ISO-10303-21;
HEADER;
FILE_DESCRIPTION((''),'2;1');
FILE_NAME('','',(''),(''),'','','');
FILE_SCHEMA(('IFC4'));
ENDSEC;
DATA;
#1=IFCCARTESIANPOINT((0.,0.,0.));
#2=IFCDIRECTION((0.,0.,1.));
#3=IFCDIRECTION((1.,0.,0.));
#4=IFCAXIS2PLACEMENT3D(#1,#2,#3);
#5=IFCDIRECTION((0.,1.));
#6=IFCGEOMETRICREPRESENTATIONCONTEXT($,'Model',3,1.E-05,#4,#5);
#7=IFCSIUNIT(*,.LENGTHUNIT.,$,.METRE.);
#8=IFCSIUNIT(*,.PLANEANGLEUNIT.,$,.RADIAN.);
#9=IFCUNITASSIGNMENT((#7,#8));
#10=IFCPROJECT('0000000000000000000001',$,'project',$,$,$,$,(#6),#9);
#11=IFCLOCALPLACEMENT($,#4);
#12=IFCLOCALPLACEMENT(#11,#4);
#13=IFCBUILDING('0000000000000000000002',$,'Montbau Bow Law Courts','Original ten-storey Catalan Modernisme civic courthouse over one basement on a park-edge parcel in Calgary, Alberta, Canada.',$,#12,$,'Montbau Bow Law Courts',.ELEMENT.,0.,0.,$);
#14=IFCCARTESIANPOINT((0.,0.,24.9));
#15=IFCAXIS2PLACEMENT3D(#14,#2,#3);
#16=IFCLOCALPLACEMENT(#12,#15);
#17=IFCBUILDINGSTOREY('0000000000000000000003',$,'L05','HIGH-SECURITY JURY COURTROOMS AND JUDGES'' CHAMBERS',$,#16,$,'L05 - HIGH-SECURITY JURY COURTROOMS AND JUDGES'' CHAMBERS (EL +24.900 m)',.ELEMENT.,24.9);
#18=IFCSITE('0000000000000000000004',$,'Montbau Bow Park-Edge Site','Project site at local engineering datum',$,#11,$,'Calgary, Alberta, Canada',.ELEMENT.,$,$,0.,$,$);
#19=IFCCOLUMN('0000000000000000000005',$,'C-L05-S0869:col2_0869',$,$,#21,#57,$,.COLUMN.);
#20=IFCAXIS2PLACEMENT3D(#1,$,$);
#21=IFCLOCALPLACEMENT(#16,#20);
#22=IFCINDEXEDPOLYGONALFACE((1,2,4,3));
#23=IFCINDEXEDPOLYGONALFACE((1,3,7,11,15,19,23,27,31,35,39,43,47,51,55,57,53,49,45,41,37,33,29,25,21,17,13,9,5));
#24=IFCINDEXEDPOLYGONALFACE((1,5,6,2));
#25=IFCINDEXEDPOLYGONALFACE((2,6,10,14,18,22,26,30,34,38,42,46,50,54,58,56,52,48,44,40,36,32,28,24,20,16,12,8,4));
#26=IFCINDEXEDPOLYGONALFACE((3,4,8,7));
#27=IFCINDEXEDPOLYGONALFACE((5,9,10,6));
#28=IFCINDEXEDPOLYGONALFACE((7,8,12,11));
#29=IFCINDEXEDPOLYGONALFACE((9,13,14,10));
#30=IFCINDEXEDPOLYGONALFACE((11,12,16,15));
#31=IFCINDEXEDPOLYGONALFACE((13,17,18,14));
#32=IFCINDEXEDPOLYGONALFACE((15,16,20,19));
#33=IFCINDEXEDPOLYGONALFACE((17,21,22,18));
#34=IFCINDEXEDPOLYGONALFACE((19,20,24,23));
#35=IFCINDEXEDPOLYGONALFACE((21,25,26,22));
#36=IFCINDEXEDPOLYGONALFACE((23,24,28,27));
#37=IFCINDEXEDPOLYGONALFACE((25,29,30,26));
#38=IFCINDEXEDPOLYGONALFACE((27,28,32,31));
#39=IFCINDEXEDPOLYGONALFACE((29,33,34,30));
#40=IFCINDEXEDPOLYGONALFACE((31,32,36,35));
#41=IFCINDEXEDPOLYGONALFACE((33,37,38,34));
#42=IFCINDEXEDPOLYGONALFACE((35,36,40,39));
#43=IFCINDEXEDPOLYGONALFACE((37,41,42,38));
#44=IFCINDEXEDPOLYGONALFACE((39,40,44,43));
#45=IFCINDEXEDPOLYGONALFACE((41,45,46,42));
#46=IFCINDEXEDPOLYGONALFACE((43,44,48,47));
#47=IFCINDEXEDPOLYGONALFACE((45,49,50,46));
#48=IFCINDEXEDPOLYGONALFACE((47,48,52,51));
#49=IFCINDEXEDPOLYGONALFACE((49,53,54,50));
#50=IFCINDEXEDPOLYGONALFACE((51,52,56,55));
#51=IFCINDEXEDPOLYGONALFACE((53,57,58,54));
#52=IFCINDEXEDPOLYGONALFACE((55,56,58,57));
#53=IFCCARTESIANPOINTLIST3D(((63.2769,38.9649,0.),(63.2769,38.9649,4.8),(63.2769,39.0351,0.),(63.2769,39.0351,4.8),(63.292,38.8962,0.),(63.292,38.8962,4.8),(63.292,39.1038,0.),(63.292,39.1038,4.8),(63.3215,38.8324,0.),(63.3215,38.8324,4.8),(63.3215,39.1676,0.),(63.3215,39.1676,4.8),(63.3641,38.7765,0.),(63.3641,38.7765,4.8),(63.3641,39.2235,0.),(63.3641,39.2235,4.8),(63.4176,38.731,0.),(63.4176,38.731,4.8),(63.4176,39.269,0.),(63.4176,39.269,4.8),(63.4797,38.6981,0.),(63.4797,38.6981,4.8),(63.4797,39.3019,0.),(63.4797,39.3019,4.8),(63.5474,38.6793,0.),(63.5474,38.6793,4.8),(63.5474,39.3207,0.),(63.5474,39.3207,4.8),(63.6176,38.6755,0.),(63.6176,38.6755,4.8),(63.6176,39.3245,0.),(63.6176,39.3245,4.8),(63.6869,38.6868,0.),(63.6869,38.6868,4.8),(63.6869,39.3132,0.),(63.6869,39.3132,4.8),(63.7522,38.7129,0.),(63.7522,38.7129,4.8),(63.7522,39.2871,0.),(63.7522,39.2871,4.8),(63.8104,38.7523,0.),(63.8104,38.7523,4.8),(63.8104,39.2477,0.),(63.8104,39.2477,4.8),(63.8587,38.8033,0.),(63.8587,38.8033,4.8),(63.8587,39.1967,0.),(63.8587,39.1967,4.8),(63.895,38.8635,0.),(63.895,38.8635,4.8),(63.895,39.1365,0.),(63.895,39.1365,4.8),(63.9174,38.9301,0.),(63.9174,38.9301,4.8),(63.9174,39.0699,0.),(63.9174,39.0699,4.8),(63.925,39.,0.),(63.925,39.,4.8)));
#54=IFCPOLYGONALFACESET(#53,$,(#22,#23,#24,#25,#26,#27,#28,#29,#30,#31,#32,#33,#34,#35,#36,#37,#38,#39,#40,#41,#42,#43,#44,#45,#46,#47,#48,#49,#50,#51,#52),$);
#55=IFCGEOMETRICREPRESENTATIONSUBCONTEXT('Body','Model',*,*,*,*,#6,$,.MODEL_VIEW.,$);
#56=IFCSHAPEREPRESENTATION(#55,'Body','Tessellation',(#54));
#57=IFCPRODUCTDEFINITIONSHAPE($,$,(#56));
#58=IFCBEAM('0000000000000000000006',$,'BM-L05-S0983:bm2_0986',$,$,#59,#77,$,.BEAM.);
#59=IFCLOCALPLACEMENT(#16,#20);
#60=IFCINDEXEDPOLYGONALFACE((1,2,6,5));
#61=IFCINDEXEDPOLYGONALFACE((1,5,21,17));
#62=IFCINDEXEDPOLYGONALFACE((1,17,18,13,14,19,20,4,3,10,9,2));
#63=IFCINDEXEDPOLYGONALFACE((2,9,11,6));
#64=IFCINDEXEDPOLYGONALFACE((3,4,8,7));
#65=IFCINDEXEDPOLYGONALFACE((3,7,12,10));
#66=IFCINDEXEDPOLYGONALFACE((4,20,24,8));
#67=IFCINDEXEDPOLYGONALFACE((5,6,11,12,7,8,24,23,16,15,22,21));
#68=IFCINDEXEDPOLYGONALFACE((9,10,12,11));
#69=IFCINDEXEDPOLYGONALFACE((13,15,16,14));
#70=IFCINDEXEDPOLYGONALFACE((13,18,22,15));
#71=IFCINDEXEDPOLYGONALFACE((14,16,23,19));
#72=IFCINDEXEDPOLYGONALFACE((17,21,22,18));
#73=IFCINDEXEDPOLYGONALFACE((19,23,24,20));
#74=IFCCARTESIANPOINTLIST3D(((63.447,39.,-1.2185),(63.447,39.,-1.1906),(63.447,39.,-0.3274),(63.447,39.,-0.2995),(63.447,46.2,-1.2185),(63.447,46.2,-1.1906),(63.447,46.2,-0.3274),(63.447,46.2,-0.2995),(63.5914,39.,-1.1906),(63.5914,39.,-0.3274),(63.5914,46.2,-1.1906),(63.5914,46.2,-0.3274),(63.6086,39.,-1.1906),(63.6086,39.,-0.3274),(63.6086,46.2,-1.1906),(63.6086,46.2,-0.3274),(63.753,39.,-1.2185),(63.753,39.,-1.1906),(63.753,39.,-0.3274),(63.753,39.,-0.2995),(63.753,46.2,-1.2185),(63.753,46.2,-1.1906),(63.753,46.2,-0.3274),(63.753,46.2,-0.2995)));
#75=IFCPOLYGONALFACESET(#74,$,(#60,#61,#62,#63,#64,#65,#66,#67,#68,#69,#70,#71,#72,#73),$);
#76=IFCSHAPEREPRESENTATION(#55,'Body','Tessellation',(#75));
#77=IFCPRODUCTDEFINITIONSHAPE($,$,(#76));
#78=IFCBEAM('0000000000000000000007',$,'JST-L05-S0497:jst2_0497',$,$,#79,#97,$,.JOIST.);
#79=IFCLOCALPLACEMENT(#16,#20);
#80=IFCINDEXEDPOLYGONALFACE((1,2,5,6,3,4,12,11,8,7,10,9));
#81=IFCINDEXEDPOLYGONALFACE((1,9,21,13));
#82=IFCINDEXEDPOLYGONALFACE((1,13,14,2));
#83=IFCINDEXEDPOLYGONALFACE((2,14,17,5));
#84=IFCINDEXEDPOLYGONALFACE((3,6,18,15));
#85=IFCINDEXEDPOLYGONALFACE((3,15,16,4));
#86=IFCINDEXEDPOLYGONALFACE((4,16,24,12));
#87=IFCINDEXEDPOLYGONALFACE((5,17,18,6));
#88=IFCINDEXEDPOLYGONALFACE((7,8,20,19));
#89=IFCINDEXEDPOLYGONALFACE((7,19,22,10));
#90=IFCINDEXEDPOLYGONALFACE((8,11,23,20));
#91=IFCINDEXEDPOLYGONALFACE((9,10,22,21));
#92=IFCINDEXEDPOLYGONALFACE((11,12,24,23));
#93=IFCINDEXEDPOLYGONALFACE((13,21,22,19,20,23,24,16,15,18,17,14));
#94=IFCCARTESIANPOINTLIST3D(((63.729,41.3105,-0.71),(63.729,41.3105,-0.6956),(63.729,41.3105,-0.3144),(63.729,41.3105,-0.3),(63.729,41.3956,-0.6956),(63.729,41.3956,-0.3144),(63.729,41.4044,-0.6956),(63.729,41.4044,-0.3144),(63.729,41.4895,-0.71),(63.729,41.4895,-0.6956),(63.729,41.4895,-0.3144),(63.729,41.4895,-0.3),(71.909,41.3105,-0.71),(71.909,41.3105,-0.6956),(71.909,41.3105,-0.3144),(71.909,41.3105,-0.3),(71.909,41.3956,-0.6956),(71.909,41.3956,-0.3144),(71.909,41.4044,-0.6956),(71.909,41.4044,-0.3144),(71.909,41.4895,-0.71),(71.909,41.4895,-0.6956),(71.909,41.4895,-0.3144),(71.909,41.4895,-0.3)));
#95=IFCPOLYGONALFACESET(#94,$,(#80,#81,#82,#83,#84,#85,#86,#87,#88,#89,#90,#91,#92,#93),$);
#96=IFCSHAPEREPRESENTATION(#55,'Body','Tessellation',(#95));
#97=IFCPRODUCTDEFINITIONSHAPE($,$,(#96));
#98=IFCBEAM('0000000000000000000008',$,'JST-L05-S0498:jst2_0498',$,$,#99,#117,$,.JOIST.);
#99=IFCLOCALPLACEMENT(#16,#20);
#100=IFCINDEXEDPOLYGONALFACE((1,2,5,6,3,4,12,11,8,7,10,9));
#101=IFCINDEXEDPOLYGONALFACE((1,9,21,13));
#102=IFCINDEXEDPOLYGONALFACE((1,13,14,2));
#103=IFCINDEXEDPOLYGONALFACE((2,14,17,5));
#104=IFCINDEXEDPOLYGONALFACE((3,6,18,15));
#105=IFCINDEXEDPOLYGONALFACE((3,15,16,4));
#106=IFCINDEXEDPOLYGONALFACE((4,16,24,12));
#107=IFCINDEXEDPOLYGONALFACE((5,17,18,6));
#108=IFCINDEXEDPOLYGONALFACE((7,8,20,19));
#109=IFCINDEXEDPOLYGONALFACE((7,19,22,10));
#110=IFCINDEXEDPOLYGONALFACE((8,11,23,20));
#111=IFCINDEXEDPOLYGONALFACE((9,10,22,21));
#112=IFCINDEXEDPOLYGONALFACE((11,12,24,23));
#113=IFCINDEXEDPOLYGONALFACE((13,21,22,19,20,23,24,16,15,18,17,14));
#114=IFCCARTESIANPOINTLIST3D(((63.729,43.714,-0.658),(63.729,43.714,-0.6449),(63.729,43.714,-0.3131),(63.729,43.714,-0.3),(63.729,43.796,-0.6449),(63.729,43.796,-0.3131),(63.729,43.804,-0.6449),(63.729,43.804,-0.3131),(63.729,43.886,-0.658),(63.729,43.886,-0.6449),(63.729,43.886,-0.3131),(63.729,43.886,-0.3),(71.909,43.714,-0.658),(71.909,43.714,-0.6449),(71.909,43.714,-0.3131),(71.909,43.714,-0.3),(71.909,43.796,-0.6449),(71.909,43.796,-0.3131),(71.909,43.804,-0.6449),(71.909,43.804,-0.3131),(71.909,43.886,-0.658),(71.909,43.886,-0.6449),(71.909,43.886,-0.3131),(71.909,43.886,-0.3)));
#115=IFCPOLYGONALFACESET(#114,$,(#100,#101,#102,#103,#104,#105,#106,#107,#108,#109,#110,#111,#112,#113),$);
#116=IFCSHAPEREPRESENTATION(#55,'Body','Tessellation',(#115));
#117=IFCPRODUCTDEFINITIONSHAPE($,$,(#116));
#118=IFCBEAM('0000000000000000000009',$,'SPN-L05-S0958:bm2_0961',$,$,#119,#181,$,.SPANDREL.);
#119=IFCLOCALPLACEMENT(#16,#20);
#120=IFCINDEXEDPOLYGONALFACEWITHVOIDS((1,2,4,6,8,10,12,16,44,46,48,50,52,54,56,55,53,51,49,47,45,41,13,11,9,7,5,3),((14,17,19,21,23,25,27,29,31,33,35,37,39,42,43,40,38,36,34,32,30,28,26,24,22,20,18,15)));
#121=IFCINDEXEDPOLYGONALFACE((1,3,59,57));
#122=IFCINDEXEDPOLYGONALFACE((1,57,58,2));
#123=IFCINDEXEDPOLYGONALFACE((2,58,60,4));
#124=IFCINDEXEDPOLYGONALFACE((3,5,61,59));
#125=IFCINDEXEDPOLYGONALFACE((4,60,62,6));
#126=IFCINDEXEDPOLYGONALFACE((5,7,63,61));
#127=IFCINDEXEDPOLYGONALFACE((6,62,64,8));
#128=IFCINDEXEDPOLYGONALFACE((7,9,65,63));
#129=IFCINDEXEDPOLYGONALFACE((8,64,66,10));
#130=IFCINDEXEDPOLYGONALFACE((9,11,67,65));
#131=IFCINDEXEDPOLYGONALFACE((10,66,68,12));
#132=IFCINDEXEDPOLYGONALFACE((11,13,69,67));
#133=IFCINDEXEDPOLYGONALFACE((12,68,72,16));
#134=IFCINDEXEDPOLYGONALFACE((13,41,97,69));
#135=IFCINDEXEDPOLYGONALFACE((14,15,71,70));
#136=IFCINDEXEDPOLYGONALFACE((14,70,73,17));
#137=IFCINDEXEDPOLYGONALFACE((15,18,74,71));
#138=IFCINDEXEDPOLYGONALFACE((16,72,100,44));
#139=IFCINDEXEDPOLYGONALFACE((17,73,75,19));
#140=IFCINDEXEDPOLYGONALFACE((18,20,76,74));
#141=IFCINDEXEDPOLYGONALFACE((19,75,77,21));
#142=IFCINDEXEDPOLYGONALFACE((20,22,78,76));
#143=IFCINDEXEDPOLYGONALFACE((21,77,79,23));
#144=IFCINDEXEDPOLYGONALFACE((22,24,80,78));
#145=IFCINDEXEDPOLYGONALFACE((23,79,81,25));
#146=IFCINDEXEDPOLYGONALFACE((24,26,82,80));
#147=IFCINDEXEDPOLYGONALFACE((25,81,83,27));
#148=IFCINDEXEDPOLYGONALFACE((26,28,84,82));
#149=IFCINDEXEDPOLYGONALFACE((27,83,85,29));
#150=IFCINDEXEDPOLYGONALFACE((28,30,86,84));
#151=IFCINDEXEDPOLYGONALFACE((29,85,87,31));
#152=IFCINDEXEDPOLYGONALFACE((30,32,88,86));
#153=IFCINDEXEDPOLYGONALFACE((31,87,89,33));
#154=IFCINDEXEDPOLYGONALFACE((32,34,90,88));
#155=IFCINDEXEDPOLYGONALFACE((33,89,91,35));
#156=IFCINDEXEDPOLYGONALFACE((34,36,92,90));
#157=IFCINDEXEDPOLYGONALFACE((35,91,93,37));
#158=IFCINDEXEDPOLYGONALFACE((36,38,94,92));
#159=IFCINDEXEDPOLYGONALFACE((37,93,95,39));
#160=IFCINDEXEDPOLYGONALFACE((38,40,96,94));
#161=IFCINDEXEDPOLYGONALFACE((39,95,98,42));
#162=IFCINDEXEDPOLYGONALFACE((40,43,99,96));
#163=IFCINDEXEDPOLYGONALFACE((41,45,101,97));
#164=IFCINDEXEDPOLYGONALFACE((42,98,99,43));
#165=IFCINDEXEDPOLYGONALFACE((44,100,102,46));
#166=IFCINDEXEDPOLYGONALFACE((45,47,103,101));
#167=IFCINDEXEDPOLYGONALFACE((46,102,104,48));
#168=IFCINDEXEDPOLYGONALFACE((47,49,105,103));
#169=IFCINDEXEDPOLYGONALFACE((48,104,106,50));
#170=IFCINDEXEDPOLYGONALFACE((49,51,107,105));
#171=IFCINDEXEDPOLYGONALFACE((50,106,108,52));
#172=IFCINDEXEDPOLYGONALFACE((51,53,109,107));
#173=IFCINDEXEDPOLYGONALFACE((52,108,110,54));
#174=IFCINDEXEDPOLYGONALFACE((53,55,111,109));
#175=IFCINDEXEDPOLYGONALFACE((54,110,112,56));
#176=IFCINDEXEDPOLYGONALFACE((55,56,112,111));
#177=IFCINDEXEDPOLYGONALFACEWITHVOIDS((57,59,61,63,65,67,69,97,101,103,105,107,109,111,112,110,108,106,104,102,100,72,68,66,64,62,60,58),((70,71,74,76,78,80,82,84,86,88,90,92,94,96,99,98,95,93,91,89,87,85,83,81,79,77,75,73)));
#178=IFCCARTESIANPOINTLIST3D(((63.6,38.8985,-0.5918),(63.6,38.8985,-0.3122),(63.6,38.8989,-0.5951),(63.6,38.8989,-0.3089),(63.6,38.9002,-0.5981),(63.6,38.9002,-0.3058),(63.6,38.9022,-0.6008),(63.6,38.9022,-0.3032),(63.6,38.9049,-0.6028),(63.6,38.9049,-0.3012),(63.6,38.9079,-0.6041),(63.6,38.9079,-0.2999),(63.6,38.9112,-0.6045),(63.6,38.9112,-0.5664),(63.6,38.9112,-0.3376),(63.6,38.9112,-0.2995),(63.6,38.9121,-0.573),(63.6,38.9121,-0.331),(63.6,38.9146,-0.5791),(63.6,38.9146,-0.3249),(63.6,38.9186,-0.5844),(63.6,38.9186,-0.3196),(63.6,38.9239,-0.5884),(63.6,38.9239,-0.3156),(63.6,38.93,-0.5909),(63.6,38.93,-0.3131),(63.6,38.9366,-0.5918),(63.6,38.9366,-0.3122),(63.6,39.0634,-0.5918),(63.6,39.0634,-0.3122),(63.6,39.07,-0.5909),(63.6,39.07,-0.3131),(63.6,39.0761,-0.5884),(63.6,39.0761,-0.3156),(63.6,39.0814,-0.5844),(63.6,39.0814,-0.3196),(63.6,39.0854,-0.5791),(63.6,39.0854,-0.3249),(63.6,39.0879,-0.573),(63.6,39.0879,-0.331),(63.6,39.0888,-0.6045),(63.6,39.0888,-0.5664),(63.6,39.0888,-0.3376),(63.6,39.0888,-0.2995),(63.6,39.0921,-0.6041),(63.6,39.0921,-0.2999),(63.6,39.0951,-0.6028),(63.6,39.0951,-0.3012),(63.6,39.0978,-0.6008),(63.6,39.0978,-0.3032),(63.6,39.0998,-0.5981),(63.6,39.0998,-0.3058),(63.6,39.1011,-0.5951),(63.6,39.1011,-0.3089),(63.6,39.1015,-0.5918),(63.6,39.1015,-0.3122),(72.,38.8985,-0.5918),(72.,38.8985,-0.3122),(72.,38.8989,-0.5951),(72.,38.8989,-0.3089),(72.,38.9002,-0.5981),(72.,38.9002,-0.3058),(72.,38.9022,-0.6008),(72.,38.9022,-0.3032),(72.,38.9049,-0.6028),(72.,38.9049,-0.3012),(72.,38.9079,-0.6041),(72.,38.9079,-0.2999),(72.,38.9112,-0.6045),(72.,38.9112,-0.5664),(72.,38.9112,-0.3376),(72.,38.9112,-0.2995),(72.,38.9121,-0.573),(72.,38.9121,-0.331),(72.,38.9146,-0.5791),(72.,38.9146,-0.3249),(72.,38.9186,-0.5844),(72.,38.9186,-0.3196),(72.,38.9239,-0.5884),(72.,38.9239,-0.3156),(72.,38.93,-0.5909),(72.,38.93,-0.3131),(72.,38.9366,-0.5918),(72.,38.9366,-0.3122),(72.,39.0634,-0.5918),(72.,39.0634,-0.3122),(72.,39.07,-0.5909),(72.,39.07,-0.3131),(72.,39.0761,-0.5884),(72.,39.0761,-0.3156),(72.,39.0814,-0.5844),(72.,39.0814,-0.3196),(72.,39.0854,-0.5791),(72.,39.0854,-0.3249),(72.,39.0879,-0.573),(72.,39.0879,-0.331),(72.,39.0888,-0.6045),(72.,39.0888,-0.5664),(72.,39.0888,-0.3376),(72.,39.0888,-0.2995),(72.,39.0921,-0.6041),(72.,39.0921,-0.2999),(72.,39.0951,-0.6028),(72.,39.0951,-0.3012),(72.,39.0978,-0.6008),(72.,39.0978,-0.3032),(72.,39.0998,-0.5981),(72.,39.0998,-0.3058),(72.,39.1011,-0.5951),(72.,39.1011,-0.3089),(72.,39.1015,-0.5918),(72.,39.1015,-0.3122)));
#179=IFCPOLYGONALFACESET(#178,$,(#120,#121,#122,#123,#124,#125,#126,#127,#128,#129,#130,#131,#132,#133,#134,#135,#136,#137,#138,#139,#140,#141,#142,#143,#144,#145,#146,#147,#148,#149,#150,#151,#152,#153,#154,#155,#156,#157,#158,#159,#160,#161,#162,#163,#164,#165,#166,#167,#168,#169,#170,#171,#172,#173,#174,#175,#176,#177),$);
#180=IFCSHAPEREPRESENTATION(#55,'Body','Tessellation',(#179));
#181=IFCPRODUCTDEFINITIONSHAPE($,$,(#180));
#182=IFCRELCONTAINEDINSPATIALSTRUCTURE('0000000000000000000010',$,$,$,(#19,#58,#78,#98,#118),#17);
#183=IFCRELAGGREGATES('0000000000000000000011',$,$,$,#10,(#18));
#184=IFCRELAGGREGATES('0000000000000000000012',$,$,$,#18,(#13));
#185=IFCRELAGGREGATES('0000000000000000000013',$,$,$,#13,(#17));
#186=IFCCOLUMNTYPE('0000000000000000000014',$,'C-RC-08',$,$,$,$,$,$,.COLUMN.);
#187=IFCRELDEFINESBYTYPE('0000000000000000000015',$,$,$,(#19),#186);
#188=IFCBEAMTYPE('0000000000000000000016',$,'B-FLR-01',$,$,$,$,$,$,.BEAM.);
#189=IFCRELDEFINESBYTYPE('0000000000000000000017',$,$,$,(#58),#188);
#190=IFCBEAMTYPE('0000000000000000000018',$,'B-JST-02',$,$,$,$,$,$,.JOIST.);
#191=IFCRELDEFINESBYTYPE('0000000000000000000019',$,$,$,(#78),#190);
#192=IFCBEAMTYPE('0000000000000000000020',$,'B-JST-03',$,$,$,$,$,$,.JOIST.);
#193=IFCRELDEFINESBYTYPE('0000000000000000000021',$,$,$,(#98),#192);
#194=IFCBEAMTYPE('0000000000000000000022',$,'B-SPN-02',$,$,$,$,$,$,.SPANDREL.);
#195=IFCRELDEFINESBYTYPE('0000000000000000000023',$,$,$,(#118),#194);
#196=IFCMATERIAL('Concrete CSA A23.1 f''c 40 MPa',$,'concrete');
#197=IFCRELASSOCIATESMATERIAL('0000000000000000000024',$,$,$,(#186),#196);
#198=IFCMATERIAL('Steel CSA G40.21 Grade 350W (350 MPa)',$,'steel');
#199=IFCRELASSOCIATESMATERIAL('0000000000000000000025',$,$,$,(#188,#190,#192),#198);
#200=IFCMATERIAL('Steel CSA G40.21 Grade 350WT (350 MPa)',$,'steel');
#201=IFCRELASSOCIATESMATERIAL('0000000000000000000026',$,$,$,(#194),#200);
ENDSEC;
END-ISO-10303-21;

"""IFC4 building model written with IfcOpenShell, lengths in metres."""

from ifc_helpers import new_model, si_unit, direction, frame, origin_with_axes, origin_2d_with_axis, place, context, subcontext, project, spatial, hollow_rectangle, circle, i_section, extrude, material, material_profile, profile_set, type_object, element, save


model = new_model("IFC4")

# Units and contexts
model_context = context("Model", 3, precision=1e-05, world=origin_with_axes(), true_north=direction((0.0, 1.0)))
body_context = subcontext(model_context, "Body", "Model", "MODEL_VIEW")
ifc_project = project(units=[si_unit("LENGTHUNIT", "METRE"), si_unit("PLANEANGLEUNIT", "RADIAN")], contexts=[model_context])

# Site, building, storey
site_placement = place(None, origin_with_axes())
site = spatial("IfcSite", under=ifc_project, at=site_placement, Name="Montbau Bow Park-Edge Site", Description="Project site at local engineering datum", LongName="Calgary, Alberta, Canada", CompositionType="ELEMENT", RefElevation=0.0)
building_placement = place(site_placement, origin_with_axes())
building = spatial("IfcBuilding", under=site, at=building_placement, Name="Montbau Bow Law Courts", Description="Original ten-storey Catalan Modernisme civic courthouse over one basement on a park-edge parcel in Calgary, Alberta, Canada.", LongName="Montbau Bow Law Courts", CompositionType="ELEMENT", ElevationOfRefHeight=0.0, ElevationOfTerrain=0.0)
storey_placement = place(building_placement, frame((0.0, 0.0, 24.9), z_axis=(0.0, 0.0, 1.0), x_axis=(1.0, 0.0, 0.0)))
storey = spatial("IfcBuildingStorey", under=building, at=storey_placement, Name="L05", Description="HIGH-SECURITY JURY COURTROOMS AND JUDGES' CHAMBERS", LongName="L05 - HIGH-SECURITY JURY COURTROOMS AND JUDGES' CHAMBERS (EL +24.900 m)", CompositionType="ELEMENT", Elevation=24.9)

# Column
ifc_material_1 = material(Name="Concrete CSA A23.1 f'c 40 MPa", Category="concrete")
ifc_material_profile_1 = material_profile(ifc_material_1, circle(Radius=0.325, at=origin_2d_with_axis()), Name="RC650D", Category="Main", Priority=0)
ifc_profile_set_1 = profile_set([ifc_material_profile_1], Name="Concrete CSA A23.1 f'c 40 MPa")
column_type = type_object("IfcColumnType", Name="C-RC-08", PredefinedType="COLUMN", material=ifc_profile_set_1)
column_placement = place(None, frame((63.6, 39.0, 24.9), z_axis=(0.0, 0.0, 1.0), x_axis=(1.0, 0.0, 0.0)))
element("IfcColumn", 1, at=column_placement, inside=storey, type_object=column_type, Name="C-L05-S0869:col2_0869", PredefinedType="COLUMN", context=body_context, shape_type="SweptSolid", body=[
    extrude(circle(Radius=0.325, at=origin_2d_with_axis()), origin_with_axes(), (0.0, 0.0, 1.0), 4.8),
])

# Beams
ifc_material_2 = material(Name="Steel CSA G40.21 Grade 350W (350 MPa)", Category="steel")
ifc_material_profile_2 = material_profile(ifc_material_2, i_section(OverallWidth=0.306, OverallDepth=0.919, WebThickness=0.0173, FlangeThickness=0.0279, at=origin_2d_with_axis()), Name="W920X253", Category="Main", Priority=0)
ifc_profile_set_2 = profile_set([ifc_material_profile_2], Name="Steel CSA G40.21 Grade 350W (350 MPa)")
beam_type_1 = type_object("IfcBeamType", Name="B-FLR-01", PredefinedType="BEAM", material=ifc_profile_set_2)
beam_1_placement = place(None, frame((63.6, 39.0, 24.141), z_axis=(0.0, 1.0, 0.0), x_axis=(-1.0, 0.0, 0.0)))
element("IfcBeam", 2, at=beam_1_placement, inside=storey, type_object=beam_type_1, Name="BM-L05-S0983:bm2_0986", PredefinedType="BEAM", context=body_context, shape_type="SweptSolid", body=[
    extrude(i_section(OverallWidth=0.306, OverallDepth=0.919, WebThickness=0.0173, FlangeThickness=0.0279, at=origin_2d_with_axis()), origin_with_axes(), (0.0, 0.0, 1.0), 7.2),
])
ifc_material_profile_3 = material_profile(ifc_material_2, i_section(OverallWidth=0.179, OverallDepth=0.41, WebThickness=0.0088, FlangeThickness=0.0144, at=origin_2d_with_axis()), Name="W410X67", Category="Main", Priority=0)
ifc_profile_set_3 = profile_set([ifc_material_profile_3], Name="Steel CSA G40.21 Grade 350W (350 MPa)")
beam_type_2 = type_object("IfcBeamType", Name="B-JST-02", PredefinedType="JOIST", material=ifc_profile_set_3)
beam_2_placement = place(None, frame((63.729, 41.4, 24.395), z_axis=(1.0, 0.0, 0.0), x_axis=(0.0, 1.0, 0.0)))
element("IfcBeam", 3, at=beam_2_placement, inside=storey, type_object=beam_type_2, Name="JST-L05-S0497:jst2_0497", PredefinedType="JOIST", context=body_context, shape_type="SweptSolid", body=[
    extrude(i_section(OverallWidth=0.179, OverallDepth=0.41, WebThickness=0.0088, FlangeThickness=0.0144, at=origin_2d_with_axis()), origin_with_axes(), (0.0, 0.0, 1.0), 8.18),
])
ifc_material_profile_4 = material_profile(ifc_material_2, i_section(OverallWidth=0.172, OverallDepth=0.358, WebThickness=0.0079, FlangeThickness=0.0131, at=origin_2d_with_axis()), Name="W360X57", Category="Main", Priority=0)
ifc_profile_set_4 = profile_set([ifc_material_profile_4], Name="Steel CSA G40.21 Grade 350W (350 MPa)")
beam_type_3 = type_object("IfcBeamType", Name="B-JST-03", PredefinedType="JOIST", material=ifc_profile_set_4)
beam_3_placement = place(None, frame((63.729, 43.8, 24.421), z_axis=(1.0, 0.0, 0.0), x_axis=(0.0, 1.0, 0.0)))
element("IfcBeam", 4, at=beam_3_placement, inside=storey, type_object=beam_type_3, Name="JST-L05-S0498:jst2_0498", PredefinedType="JOIST", context=body_context, shape_type="SweptSolid", body=[
    extrude(i_section(OverallWidth=0.172, OverallDepth=0.358, WebThickness=0.0079, FlangeThickness=0.0131, at=origin_2d_with_axis()), origin_with_axes(), (0.0, 0.0, 1.0), 8.18),
])
ifc_material_3 = material(Name="Steel CSA G40.21 Grade 350WT (350 MPa)", Category="steel")
ifc_material_profile_5 = material_profile(ifc_material_3, hollow_rectangle(XDim=0.203, YDim=0.305, WallThickness=0.0127, InnerFilletRadius=0.0254, OuterFilletRadius=0.0127, at=origin_2d_with_axis()), Name="HSS305X203X13", Category="Main", Priority=0)
ifc_profile_set_5 = profile_set([ifc_material_profile_5], Name="Steel CSA G40.21 Grade 350WT (350 MPa)")
beam_type_4 = type_object("IfcBeamType", Name="B-SPN-02", PredefinedType="SPANDREL", material=ifc_profile_set_5)
beam_4_placement = place(None, frame((63.6, 39.0, 24.448), z_axis=(1.0, 0.0, 0.0), x_axis=(0.0, 1.0, 0.0)))
element("IfcBeam", 5, at=beam_4_placement, inside=storey, type_object=beam_type_4, Name="SPN-L05-S0958:bm2_0961", PredefinedType="SPANDREL", context=body_context, shape_type="SweptSolid", body=[
    extrude(hollow_rectangle(XDim=0.203, YDim=0.305, WallThickness=0.0127, InnerFilletRadius=0.0254, OuterFilletRadius=0.0127, at=origin_2d_with_axis()), origin_with_axes(), (0.0, 0.0, 1.0), 8.4),
])

save(model, "model.ifc")
